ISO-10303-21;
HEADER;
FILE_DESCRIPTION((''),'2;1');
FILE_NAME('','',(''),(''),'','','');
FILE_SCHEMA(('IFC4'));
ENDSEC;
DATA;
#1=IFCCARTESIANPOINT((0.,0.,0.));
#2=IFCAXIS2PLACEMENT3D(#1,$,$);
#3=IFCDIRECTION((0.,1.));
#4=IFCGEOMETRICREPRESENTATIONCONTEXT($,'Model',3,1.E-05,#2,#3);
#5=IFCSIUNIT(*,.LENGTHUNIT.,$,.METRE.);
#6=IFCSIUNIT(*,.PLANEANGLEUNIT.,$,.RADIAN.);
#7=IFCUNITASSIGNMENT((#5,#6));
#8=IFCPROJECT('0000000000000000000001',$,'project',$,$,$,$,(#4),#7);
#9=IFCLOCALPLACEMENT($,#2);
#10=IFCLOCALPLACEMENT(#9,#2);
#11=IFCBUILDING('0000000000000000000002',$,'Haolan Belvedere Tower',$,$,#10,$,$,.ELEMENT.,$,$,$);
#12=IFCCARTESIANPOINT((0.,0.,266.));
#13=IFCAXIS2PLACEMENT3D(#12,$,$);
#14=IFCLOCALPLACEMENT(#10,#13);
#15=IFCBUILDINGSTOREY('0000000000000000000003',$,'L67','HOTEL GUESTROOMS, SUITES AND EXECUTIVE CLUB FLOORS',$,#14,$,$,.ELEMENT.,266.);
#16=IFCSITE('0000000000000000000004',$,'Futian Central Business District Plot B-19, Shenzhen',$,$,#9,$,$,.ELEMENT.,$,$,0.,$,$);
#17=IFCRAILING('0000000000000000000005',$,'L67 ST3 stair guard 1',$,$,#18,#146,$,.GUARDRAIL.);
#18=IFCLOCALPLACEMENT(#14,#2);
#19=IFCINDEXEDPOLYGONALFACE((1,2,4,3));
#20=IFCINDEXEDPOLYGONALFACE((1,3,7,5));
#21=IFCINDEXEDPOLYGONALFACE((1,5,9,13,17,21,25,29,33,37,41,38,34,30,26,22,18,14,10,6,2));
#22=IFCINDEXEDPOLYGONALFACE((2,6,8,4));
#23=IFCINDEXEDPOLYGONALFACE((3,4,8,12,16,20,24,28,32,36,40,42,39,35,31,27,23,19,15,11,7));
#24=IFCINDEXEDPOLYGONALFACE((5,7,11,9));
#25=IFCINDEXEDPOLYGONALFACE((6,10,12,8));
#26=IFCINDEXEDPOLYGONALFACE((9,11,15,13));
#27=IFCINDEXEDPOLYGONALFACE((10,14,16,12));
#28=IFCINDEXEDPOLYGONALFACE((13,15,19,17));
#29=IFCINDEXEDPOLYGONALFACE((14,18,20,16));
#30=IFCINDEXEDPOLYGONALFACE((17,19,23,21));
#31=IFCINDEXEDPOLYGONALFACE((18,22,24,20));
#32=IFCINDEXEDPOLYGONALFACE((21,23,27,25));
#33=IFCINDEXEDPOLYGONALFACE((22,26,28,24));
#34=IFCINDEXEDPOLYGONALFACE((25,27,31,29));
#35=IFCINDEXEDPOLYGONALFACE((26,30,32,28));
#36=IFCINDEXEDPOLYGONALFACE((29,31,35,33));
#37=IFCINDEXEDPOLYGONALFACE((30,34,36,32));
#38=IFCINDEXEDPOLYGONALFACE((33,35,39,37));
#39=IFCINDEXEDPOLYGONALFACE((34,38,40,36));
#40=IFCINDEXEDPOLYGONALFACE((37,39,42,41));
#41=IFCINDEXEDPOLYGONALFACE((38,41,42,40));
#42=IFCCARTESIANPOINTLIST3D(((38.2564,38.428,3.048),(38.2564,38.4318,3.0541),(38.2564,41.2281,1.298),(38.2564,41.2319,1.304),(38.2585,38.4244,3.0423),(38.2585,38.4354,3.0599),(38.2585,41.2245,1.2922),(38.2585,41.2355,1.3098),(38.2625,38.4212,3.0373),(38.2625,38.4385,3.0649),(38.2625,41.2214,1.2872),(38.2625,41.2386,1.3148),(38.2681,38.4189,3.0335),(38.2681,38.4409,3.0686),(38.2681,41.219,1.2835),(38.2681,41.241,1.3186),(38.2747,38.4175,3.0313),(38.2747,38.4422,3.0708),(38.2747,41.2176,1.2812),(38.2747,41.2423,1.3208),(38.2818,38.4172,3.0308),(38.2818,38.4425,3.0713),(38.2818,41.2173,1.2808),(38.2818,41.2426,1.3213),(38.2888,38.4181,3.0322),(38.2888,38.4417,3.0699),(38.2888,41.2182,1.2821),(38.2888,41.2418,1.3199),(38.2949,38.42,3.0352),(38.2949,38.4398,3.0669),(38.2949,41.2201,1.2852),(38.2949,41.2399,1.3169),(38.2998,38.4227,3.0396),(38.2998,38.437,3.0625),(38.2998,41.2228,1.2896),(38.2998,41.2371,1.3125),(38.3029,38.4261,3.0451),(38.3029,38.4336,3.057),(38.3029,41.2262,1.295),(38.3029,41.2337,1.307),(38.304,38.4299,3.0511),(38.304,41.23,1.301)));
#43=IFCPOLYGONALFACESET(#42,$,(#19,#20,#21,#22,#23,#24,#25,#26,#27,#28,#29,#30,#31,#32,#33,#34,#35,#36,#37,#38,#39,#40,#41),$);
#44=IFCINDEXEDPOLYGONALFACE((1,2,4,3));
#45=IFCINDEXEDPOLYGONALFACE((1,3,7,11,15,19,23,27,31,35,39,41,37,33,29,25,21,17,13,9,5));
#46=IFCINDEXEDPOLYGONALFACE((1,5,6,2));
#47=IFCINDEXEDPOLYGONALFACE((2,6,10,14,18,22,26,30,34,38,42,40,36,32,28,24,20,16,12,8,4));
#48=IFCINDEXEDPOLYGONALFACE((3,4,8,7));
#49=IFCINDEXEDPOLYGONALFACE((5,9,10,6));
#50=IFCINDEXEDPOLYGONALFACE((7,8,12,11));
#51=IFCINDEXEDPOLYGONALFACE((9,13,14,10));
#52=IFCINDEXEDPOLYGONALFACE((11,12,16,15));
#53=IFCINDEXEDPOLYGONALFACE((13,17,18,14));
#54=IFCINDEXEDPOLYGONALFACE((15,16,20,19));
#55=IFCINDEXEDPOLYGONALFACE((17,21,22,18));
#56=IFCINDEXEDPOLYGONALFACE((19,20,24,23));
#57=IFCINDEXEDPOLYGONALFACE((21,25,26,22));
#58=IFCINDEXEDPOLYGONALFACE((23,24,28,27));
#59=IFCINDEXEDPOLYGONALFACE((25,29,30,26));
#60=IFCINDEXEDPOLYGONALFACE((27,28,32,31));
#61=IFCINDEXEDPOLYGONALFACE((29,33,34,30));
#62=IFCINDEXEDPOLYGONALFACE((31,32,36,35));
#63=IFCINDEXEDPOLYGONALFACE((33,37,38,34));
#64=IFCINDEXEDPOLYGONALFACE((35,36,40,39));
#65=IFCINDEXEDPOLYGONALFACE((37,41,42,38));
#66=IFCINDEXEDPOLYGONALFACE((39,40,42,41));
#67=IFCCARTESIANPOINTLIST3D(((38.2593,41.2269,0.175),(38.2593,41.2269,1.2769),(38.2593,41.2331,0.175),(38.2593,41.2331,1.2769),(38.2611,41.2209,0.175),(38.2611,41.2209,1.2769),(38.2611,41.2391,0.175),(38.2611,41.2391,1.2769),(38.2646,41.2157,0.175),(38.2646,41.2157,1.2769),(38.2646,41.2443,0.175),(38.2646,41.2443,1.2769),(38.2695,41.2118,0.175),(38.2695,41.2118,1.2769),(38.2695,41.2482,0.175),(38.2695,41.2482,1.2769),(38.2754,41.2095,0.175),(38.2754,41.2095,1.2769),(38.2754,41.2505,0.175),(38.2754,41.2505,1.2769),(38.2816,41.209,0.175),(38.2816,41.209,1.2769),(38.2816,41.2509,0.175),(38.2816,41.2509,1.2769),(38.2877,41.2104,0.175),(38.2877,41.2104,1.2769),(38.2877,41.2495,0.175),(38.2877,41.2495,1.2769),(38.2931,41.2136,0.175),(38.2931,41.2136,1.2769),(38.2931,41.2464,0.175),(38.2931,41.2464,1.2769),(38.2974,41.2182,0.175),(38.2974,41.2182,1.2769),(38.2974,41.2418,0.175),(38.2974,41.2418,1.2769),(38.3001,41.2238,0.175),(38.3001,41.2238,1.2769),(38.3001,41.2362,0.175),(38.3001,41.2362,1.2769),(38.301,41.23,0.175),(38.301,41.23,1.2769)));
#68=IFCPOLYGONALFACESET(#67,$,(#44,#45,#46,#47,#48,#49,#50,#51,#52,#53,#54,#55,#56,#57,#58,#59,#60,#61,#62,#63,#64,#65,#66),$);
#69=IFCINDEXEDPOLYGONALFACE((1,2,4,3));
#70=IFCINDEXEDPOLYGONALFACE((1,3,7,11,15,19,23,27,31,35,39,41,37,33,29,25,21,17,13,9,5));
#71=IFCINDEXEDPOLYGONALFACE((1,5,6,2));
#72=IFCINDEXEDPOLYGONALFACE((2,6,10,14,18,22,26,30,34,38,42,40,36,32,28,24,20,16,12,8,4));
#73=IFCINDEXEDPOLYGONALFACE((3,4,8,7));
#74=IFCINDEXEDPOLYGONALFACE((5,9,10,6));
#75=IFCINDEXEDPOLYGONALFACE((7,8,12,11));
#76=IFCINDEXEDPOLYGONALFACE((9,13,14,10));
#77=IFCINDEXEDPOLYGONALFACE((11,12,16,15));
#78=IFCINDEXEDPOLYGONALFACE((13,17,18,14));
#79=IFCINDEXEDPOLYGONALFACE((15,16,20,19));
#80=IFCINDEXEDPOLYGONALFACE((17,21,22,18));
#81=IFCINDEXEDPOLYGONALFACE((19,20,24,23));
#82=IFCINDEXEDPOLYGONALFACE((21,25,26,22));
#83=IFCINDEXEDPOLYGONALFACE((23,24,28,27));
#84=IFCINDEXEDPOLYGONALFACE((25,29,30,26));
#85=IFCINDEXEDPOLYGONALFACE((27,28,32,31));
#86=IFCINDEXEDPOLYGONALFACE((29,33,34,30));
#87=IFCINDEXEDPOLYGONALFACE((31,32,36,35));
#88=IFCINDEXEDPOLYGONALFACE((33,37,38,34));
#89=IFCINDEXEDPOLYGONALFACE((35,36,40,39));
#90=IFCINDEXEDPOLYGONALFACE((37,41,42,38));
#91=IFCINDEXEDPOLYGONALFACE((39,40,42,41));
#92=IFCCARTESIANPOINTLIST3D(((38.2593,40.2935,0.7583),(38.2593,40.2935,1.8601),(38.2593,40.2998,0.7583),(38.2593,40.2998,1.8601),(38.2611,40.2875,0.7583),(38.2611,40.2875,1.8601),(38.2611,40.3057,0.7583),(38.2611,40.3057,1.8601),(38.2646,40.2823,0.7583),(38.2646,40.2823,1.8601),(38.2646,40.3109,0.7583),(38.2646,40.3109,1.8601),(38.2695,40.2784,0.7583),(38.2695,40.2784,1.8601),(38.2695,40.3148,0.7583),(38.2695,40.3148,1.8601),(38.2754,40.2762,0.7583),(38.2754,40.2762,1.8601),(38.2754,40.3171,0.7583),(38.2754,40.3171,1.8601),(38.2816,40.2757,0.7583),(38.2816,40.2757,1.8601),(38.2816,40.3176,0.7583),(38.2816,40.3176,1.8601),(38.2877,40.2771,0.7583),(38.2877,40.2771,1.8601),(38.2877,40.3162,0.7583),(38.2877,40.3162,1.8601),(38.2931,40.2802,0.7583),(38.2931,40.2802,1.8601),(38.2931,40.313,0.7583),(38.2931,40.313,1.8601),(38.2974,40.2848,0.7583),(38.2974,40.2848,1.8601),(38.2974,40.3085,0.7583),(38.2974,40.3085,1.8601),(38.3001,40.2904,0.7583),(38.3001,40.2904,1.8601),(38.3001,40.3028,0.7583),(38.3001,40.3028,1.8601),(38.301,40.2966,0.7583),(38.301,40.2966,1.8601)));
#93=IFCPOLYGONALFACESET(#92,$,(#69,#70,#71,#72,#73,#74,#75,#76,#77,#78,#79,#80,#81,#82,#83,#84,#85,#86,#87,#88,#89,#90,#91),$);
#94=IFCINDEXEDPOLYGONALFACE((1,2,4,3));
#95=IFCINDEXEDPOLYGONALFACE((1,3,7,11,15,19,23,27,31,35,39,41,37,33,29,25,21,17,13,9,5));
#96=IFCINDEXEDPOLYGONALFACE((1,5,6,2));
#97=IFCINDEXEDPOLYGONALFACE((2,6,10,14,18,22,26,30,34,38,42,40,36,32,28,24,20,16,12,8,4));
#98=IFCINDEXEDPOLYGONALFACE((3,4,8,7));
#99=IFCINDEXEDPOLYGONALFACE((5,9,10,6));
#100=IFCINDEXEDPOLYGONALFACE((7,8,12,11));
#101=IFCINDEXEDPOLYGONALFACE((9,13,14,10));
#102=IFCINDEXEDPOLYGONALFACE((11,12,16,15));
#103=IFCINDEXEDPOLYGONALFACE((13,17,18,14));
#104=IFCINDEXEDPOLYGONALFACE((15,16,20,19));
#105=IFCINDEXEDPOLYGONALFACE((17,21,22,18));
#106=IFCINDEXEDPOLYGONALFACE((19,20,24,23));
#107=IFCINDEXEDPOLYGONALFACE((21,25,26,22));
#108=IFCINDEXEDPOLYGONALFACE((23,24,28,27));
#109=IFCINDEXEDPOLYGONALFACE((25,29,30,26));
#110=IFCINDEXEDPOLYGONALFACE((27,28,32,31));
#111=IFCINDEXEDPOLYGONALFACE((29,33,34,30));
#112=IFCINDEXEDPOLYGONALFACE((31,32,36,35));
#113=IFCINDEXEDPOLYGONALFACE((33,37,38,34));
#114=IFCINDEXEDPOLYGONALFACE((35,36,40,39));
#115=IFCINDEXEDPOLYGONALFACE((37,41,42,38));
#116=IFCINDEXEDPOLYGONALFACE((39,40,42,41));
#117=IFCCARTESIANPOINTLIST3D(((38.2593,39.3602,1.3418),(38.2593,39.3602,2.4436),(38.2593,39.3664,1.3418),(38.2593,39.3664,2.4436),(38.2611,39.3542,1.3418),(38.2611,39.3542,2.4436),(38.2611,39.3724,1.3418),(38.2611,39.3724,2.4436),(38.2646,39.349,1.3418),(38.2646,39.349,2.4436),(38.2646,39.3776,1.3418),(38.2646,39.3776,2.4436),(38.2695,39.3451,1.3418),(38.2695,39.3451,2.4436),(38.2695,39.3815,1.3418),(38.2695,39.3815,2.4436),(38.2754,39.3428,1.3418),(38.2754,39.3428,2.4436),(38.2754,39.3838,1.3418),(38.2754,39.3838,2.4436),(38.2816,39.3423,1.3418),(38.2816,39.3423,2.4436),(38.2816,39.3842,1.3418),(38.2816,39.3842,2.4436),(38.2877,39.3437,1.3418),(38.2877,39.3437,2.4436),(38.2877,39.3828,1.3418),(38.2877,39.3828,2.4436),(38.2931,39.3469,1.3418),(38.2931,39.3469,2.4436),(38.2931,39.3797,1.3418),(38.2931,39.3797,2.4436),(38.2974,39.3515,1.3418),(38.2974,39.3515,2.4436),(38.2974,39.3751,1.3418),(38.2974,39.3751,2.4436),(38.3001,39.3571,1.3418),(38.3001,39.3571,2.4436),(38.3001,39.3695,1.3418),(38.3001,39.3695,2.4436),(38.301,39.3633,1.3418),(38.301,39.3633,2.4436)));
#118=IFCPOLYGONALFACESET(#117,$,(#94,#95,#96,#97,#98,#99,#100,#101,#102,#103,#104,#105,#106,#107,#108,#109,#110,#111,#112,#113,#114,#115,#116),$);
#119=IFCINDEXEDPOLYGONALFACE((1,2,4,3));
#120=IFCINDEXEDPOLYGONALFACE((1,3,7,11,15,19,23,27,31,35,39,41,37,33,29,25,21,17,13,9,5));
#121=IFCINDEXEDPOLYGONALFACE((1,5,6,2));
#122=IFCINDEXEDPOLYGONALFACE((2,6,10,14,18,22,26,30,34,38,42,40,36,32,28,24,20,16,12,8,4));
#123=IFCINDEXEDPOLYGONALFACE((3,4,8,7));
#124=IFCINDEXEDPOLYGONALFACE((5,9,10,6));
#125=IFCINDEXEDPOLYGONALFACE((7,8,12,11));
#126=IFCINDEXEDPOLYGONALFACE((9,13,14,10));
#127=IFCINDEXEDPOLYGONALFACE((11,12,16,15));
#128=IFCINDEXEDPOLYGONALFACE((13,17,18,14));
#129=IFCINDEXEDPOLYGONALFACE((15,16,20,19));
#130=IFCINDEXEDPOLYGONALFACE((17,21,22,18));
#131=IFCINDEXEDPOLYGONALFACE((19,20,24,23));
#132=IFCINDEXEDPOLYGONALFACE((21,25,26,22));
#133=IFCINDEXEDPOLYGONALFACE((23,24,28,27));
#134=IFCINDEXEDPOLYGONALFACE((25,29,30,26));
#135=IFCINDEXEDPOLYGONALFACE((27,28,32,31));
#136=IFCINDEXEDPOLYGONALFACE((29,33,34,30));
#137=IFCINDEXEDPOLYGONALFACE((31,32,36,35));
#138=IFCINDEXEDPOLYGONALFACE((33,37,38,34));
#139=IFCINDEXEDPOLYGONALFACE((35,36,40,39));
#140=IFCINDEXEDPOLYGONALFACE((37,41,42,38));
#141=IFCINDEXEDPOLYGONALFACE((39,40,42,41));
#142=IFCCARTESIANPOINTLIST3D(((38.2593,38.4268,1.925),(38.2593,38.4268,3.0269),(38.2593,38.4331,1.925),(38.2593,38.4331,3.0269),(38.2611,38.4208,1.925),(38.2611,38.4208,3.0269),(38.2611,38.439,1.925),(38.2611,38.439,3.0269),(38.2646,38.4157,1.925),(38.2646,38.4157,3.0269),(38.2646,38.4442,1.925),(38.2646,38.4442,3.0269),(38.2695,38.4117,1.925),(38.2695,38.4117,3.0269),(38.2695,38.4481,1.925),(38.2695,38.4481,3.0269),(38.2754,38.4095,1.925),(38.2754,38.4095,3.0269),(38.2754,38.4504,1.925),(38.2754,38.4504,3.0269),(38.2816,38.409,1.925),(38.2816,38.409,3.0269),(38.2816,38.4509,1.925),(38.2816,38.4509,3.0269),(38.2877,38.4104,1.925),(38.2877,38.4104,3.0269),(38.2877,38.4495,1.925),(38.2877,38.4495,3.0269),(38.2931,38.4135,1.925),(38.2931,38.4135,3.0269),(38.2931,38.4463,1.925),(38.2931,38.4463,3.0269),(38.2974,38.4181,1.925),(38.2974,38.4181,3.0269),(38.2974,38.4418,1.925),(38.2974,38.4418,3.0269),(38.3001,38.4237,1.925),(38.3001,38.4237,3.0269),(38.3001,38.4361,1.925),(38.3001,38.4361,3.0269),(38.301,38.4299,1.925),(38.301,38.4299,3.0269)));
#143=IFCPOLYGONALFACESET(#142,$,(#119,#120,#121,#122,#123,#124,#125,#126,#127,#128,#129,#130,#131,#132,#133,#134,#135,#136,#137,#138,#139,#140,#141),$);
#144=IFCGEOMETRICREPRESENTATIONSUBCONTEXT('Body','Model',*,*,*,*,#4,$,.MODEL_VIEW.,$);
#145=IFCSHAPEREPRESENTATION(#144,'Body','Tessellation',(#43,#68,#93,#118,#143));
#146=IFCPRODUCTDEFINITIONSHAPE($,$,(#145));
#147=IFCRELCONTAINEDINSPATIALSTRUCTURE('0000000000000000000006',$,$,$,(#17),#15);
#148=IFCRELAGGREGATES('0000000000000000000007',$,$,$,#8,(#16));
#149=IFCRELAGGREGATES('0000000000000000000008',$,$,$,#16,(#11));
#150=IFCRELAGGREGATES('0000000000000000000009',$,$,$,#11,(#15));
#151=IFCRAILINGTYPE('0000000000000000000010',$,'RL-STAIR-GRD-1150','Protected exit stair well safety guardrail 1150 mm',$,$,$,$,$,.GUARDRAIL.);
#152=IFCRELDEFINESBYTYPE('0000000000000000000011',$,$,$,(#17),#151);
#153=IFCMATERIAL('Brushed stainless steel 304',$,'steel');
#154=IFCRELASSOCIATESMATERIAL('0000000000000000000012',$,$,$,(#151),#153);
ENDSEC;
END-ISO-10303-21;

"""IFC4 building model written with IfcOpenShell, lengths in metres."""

from ifc_helpers import new_model, si_unit, direction, frame, origin, origin_2d, place, context, subcontext, project, spatial, circle, extrude, material, type_object, element, save


model = new_model("IFC4")

# Units and contexts
model_context = context("Model", 3, precision=1e-05, world=origin(), true_north=direction((0.0, 1.0)))
body_context = subcontext(model_context, "Body", "Model", "MODEL_VIEW")
ifc_project = project(units=[si_unit("LENGTHUNIT", "METRE"), si_unit("PLANEANGLEUNIT", "RADIAN")], contexts=[model_context])

# Site, building, storey
site_placement = place(None, origin())
site = spatial("IfcSite", under=ifc_project, at=site_placement, Name="Futian Central Business District Plot B-19, Shenzhen", CompositionType="ELEMENT", RefElevation=0.0)
building_placement = place(site_placement, origin())
building = spatial("IfcBuilding", under=site, at=building_placement, Name="Haolan Belvedere Tower", CompositionType="ELEMENT")
storey_placement = place(building_placement, frame((0.0, 0.0, 266.0)))
storey = spatial("IfcBuildingStorey", under=building, at=storey_placement, Name="L67", Description="HOTEL GUESTROOMS, SUITES AND EXECUTIVE CLUB FLOORS", CompositionType="ELEMENT", Elevation=266.0)

# Railing
ifc_material_1 = material(Name="Brushed stainless steel 304", Category="steel")
railing_type_1 = type_object("IfcRailingType", Name="RL-STAIR-GRD-1150", Description="Protected exit stair well safety guardrail 1150 mm", PredefinedType="GUARDRAIL", material=ifc_material_1)
railing_1_placement = place(storey_placement, frame((38.28, 41.23, 0.175)))
element("IfcRailing", 1, at=railing_1_placement, inside=storey, type_object=railing_type_1, Name="L67 ST3 stair guard 1", PredefinedType="GUARDRAIL", context=body_context, shape_type="SweptSolid", body=[
    extrude(circle(Radius=0.0239, at=origin_2d()), frame((0.0, 0.0, 1.126), z_axis=(0.0, -0.848002, 0.529992), x_axis=(1.0, 0.0, 0.0)), (0.0, 0.0, 1.0), 3.302),
    extrude(circle(Radius=0.021, at=origin_2d()), origin(), (0.0, 0.0, 1.0), 1.1018),
    extrude(circle(Radius=0.021, at=origin_2d()), frame((0.0, -0.9333, 0.5833)), (0.0, 0.0, 1.0), 1.1018),
    extrude(circle(Radius=0.021, at=origin_2d()), frame((0.0, -1.8667, 1.1667)), (0.0, 0.0, 1.0), 1.1018),
    extrude(circle(Radius=0.021, at=origin_2d()), frame((0.0, -2.8, 1.75)), (0.0, 0.0, 1.0), 1.1018),
])

save(model, "model.ifc")
